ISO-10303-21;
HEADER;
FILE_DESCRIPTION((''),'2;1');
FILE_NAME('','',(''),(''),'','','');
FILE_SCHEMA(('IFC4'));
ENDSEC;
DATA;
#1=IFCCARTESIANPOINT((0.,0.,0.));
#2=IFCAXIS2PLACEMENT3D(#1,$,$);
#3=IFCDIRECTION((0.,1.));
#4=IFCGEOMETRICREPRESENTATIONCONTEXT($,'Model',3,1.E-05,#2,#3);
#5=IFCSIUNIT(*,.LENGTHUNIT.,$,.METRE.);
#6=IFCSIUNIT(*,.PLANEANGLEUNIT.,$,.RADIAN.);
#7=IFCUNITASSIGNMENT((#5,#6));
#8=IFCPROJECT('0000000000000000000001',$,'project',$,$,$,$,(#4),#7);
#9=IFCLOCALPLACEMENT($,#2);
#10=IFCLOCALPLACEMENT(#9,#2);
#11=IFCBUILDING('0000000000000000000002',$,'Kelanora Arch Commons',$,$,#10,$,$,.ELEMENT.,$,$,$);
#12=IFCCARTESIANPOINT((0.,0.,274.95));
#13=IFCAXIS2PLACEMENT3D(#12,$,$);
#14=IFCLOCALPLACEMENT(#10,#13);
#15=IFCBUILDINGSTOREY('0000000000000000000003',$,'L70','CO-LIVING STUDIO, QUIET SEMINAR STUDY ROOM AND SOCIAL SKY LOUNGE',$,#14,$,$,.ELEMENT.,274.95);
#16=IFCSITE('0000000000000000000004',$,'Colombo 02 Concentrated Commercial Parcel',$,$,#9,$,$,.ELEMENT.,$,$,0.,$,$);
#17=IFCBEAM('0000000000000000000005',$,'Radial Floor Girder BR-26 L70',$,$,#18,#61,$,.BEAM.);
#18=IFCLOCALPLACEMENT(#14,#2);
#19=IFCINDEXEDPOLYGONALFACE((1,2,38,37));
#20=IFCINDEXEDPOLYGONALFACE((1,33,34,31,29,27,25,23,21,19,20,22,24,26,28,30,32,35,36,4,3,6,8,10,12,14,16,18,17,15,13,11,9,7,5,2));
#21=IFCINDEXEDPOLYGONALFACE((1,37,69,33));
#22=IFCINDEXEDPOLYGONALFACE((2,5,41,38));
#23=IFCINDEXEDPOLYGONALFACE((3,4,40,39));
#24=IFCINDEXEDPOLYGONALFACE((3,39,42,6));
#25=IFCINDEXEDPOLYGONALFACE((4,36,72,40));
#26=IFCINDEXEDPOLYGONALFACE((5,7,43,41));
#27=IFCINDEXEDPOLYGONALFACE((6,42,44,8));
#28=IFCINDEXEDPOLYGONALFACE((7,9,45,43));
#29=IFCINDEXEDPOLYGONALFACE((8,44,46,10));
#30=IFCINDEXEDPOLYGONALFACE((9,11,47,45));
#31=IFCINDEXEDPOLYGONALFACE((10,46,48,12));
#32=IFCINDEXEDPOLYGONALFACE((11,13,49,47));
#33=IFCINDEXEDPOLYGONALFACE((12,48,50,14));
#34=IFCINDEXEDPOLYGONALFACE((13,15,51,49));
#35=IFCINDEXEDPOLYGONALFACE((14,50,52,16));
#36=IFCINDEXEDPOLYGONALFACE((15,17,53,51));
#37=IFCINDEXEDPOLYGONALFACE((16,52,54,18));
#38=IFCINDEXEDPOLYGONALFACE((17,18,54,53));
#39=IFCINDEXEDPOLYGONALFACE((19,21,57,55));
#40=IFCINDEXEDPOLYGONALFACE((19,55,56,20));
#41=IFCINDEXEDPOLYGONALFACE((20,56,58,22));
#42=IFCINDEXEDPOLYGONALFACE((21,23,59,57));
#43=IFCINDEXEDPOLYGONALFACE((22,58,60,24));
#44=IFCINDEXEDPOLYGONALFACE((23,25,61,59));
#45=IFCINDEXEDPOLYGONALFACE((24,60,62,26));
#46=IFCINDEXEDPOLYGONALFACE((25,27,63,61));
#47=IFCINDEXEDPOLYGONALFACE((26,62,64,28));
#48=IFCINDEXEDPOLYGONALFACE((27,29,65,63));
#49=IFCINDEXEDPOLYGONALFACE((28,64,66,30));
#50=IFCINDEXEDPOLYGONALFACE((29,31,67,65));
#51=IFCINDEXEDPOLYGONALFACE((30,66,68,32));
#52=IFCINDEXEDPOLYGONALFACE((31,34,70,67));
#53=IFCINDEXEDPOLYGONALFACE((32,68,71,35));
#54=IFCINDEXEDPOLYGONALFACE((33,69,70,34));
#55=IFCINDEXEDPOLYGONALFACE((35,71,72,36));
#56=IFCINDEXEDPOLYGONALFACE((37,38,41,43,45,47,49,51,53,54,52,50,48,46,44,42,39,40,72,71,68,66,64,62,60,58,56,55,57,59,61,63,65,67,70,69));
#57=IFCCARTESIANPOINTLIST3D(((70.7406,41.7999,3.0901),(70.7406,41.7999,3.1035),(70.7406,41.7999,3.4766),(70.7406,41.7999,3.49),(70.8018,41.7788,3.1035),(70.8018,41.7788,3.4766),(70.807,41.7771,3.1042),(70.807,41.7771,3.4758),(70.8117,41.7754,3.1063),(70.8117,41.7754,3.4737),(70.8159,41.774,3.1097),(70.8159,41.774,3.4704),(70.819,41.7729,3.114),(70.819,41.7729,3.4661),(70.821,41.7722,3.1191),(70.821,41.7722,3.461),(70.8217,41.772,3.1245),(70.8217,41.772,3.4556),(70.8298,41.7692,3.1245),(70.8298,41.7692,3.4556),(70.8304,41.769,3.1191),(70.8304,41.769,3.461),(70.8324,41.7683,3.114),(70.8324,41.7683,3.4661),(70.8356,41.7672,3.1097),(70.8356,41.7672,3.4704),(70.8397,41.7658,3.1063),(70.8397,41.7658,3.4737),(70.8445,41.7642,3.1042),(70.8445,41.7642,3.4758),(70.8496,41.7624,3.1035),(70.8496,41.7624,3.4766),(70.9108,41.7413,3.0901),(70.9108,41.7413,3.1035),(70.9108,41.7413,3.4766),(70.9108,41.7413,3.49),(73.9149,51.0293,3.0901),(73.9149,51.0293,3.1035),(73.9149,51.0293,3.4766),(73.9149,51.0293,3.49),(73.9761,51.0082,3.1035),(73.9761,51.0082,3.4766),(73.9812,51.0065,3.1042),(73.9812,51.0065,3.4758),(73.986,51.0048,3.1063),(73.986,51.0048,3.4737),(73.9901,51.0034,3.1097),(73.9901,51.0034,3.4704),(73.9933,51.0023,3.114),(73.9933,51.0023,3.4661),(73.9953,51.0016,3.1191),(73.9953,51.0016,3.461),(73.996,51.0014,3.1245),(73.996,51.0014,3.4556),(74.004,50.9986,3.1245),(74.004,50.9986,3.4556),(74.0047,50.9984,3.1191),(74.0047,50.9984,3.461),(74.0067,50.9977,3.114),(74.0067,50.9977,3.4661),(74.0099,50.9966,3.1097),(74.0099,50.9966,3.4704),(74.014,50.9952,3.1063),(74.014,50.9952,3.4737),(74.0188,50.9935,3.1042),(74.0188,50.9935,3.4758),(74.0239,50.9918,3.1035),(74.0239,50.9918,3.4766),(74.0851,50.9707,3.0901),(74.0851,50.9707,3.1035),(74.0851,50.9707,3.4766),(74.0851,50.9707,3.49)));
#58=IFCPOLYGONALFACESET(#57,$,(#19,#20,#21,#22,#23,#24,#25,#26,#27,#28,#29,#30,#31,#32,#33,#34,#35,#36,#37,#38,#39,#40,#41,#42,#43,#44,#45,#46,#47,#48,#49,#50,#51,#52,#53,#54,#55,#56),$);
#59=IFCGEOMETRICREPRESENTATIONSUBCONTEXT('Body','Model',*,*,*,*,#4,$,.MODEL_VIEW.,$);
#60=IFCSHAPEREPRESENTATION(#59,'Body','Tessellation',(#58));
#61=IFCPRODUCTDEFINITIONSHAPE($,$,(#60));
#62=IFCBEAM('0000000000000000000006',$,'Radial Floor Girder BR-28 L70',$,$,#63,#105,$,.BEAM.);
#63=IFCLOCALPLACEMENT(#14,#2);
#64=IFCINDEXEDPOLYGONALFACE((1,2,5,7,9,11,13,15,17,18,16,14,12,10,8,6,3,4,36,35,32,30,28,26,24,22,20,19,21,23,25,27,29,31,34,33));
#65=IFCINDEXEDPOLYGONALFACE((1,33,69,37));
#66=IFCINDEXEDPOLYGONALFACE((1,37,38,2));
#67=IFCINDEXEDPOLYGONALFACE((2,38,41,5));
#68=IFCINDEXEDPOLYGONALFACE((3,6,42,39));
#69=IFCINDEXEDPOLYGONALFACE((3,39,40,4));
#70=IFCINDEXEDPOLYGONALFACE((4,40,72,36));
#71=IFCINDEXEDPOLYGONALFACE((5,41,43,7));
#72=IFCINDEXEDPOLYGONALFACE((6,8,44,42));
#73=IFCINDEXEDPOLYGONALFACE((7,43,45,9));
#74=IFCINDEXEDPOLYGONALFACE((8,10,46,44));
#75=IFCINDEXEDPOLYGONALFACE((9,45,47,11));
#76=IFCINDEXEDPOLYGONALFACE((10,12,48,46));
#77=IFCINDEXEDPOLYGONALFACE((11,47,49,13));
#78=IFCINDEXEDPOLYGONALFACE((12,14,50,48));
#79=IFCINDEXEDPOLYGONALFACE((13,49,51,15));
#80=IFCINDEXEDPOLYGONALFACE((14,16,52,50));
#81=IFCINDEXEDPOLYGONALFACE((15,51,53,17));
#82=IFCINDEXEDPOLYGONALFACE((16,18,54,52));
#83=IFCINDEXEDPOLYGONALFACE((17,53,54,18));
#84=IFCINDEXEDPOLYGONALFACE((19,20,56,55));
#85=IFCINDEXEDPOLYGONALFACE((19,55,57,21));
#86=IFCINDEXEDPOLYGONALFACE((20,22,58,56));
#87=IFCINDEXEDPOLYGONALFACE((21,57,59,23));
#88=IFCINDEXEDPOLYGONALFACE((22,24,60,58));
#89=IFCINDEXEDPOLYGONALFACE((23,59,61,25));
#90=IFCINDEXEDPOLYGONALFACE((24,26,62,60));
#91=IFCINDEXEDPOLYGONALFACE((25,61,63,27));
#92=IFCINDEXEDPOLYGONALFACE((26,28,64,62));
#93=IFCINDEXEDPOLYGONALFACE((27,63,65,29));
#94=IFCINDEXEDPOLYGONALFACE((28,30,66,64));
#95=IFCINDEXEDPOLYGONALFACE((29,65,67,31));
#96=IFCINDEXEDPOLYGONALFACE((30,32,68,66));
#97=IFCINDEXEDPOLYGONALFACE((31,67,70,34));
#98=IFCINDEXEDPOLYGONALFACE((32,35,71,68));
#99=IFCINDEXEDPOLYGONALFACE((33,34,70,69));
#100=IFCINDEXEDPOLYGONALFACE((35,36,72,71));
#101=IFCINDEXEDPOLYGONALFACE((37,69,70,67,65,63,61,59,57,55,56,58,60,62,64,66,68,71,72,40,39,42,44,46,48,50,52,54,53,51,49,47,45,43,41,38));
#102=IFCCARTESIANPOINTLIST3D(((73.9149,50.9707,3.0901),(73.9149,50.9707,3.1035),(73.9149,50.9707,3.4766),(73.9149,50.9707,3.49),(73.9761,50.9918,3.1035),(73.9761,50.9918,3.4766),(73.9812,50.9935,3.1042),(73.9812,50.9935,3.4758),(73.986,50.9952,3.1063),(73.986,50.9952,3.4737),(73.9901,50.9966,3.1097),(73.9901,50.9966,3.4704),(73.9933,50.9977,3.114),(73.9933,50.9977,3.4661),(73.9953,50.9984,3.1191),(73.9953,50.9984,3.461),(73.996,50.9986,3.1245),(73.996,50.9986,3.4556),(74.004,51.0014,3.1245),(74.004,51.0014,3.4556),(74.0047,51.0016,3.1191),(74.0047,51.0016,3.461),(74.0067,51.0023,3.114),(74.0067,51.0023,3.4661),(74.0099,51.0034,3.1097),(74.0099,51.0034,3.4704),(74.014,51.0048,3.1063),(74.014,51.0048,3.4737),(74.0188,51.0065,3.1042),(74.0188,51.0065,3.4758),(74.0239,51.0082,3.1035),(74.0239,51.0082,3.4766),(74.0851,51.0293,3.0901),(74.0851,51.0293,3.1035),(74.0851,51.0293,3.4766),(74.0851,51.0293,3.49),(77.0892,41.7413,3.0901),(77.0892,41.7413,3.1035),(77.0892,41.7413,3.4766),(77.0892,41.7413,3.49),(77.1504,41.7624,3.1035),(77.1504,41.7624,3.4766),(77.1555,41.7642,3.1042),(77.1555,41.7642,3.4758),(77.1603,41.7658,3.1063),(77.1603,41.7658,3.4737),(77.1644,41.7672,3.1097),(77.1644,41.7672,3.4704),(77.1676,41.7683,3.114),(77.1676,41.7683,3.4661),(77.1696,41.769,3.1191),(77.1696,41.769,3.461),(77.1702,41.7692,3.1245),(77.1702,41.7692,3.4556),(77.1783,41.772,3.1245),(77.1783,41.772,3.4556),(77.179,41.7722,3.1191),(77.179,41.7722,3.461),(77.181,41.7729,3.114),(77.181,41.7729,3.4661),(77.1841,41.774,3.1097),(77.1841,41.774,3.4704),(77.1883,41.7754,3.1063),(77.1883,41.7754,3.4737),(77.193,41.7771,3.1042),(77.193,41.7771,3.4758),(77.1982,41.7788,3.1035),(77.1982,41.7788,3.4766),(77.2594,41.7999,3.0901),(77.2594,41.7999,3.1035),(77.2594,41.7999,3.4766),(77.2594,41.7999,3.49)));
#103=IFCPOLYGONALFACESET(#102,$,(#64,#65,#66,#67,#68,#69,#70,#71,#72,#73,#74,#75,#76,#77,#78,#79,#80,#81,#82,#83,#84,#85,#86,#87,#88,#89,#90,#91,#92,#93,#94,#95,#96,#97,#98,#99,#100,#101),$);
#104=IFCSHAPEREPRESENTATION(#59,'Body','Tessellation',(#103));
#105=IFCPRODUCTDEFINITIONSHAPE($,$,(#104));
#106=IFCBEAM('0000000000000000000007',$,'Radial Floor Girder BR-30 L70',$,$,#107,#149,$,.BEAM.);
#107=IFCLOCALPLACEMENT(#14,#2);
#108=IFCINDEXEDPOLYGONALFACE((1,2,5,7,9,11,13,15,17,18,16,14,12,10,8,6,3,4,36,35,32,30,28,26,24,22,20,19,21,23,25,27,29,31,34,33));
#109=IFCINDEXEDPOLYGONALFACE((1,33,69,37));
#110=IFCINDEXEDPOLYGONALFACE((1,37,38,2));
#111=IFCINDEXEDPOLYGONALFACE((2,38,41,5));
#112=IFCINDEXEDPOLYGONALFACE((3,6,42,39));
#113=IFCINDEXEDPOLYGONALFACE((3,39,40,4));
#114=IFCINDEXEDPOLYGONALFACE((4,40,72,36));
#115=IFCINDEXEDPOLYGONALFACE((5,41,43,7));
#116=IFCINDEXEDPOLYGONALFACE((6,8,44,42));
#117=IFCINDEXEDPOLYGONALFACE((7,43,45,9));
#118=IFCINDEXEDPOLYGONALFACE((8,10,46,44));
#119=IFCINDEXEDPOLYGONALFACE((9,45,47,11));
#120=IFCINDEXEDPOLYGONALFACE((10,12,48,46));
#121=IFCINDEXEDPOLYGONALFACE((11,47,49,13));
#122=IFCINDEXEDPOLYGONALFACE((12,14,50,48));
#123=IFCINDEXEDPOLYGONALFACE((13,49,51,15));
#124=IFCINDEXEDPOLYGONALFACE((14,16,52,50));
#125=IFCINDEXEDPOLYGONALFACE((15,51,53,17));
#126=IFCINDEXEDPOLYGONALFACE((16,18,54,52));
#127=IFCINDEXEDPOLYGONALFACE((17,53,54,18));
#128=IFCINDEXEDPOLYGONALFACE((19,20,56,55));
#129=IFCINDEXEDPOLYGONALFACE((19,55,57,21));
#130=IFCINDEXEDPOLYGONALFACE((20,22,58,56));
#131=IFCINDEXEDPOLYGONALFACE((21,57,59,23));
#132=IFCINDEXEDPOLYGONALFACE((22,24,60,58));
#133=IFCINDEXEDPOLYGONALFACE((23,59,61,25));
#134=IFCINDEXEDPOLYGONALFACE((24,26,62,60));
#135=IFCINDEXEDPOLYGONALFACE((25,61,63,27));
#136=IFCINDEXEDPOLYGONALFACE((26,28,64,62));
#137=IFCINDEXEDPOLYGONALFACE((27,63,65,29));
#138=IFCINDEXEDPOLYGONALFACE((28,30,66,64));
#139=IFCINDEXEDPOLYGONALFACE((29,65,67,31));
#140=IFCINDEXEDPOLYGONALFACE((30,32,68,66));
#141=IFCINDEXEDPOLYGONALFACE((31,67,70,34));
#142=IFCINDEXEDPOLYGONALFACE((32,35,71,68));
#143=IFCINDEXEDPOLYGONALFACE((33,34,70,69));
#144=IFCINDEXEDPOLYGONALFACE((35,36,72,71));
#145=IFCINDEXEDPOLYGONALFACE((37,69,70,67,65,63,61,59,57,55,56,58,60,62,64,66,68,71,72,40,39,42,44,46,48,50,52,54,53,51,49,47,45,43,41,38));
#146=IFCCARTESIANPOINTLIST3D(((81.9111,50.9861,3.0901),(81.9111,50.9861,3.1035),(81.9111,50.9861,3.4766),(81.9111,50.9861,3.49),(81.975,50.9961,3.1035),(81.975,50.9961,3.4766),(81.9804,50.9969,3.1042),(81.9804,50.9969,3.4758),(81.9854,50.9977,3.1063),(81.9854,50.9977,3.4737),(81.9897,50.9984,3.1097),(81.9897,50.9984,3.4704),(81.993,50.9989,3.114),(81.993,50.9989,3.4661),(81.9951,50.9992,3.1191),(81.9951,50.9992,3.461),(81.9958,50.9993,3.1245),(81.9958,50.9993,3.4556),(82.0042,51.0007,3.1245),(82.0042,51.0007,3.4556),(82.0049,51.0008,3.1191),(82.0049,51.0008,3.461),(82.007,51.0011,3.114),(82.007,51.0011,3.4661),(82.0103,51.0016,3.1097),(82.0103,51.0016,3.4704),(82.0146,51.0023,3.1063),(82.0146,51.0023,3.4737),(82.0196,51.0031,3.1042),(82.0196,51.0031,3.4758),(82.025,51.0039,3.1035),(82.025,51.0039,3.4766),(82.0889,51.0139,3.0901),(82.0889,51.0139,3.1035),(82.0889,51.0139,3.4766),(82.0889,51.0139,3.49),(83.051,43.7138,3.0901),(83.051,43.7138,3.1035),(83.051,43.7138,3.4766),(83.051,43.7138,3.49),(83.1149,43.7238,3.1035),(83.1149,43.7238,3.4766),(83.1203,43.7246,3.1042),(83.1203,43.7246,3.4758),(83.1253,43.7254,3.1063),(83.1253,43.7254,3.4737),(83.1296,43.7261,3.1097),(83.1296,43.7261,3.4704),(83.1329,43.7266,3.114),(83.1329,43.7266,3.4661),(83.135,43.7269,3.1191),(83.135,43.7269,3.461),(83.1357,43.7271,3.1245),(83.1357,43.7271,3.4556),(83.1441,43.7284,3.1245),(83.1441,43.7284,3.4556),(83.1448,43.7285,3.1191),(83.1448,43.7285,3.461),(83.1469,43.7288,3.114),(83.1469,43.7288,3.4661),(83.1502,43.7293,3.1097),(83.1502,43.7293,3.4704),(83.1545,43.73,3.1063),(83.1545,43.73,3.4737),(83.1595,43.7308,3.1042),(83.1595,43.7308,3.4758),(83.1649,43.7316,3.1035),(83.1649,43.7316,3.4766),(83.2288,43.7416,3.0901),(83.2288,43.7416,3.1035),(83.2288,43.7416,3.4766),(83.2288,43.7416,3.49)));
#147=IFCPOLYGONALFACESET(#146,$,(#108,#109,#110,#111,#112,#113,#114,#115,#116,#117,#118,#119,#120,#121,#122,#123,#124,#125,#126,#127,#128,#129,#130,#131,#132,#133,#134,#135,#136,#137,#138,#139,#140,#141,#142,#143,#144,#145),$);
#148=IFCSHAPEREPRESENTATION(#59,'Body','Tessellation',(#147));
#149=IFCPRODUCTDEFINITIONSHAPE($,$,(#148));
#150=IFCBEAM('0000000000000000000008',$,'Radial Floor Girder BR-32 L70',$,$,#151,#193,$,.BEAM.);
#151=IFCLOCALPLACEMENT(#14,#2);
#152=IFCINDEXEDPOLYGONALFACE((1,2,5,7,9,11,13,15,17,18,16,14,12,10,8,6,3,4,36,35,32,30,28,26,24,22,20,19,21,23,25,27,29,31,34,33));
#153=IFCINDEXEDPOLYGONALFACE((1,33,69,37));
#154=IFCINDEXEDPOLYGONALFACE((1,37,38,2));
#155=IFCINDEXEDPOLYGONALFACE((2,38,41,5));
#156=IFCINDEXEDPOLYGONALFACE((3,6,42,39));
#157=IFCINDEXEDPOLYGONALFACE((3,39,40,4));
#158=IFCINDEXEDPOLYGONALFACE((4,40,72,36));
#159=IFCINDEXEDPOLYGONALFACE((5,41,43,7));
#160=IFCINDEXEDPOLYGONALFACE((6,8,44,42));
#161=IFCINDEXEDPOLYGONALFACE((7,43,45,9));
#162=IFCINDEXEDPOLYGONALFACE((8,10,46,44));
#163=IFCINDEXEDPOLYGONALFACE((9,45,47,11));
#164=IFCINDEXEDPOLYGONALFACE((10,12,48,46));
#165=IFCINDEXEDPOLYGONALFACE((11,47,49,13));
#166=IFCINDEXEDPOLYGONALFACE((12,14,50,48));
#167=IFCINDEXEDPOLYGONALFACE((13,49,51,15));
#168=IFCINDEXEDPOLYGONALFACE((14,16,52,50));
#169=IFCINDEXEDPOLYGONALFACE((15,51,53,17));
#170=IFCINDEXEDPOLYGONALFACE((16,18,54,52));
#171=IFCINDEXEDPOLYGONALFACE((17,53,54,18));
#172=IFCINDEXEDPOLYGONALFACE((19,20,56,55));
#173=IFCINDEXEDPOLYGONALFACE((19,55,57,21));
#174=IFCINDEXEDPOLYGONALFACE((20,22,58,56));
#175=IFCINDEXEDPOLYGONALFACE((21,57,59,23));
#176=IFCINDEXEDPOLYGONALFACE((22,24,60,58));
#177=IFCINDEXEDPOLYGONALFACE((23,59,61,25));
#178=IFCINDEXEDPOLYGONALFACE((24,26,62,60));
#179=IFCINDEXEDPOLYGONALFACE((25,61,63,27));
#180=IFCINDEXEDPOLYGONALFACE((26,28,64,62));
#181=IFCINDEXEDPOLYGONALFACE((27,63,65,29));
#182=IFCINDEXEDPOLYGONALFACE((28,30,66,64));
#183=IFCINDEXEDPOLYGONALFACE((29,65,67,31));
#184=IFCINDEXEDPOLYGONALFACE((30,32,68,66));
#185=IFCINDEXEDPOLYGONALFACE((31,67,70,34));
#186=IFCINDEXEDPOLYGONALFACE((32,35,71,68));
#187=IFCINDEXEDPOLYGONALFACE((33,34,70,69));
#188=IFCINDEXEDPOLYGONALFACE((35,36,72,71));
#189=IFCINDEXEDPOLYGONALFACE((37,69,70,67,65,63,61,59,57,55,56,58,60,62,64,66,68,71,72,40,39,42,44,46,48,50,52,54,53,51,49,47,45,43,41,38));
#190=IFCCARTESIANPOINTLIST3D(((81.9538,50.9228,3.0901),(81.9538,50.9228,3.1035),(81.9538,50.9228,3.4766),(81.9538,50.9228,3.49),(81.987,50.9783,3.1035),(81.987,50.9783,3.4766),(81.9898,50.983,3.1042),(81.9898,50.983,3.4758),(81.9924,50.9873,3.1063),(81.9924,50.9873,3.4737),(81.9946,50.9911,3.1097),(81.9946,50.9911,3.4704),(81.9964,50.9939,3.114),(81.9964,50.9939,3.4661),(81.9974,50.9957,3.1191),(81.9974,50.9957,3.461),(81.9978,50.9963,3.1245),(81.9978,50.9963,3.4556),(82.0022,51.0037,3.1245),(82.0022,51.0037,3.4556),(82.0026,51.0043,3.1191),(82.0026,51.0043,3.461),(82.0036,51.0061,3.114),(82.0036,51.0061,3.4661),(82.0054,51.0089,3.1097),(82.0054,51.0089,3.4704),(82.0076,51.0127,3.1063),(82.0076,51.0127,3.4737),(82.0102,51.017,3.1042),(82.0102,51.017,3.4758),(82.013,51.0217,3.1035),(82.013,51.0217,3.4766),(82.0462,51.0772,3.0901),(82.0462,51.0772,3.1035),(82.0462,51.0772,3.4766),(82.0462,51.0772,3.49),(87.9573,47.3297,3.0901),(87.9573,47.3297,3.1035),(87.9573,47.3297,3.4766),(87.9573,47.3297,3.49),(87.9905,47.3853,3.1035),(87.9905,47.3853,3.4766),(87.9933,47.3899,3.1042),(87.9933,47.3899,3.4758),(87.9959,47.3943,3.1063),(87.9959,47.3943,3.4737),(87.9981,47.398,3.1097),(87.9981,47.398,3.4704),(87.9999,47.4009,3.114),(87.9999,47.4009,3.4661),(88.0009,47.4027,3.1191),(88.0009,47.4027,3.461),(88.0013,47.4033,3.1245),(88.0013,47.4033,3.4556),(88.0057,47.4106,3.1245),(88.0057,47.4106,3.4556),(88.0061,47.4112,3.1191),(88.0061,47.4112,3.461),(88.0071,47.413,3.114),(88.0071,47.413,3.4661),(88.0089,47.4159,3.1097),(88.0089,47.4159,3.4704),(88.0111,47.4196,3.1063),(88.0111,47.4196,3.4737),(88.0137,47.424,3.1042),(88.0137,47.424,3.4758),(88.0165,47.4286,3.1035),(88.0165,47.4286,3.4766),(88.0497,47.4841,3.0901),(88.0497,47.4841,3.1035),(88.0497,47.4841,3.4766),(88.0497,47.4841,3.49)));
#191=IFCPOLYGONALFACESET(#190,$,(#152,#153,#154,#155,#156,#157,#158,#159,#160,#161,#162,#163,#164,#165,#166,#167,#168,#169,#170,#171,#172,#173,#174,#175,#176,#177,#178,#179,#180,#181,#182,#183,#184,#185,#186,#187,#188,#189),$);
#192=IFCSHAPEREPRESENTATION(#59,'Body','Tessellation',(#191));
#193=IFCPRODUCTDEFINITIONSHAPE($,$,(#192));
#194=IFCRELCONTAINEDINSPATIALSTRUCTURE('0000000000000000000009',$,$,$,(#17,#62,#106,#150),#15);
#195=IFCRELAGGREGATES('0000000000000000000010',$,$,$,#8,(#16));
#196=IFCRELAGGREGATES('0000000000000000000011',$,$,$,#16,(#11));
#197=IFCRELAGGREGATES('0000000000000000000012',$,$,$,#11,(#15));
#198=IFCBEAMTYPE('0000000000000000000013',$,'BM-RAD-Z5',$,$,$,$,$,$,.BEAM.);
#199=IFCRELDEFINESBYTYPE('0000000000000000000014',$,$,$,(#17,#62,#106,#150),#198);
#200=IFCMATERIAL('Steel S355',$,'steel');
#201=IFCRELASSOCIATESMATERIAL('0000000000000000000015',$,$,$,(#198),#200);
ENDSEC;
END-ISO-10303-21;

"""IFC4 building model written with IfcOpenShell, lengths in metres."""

from ifc_helpers import new_model, si_unit, direction, frame, origin, origin_2d, place, context, subcontext, project, spatial, i_section, extrude, material, material_profile, profile_set, type_object, element, save


model = new_model("IFC4")

# Units and contexts
model_context = context("Model", 3, precision=1e-05, world=origin(), true_north=direction((0.0, 1.0)))
body_context = subcontext(model_context, "Body", "Model", "MODEL_VIEW")
ifc_project = project(units=[si_unit("LENGTHUNIT", "METRE"), si_unit("PLANEANGLEUNIT", "RADIAN")], contexts=[model_context])

# Site, building, storey
site_placement = place(None, origin())
site = spatial("IfcSite", under=ifc_project, at=site_placement, Name="Colombo 02 Concentrated Commercial Parcel", CompositionType="ELEMENT", RefElevation=0.0)
building_placement = place(site_placement, origin())
building = spatial("IfcBuilding", under=site, at=building_placement, Name="Kelanora Arch Commons", CompositionType="ELEMENT")
storey_placement = place(building_placement, frame((0.0, 0.0, 274.95)))
storey = spatial("IfcBuildingStorey", under=building, at=storey_placement, Name="L70", Description="CO-LIVING STUDIO, QUIET SEMINAR STUDY ROOM AND SOCIAL SKY LOUNGE", CompositionType="ELEMENT", Elevation=274.95)

# Beams
ifc_material_1 = material(Name="Steel S355", Category="steel")
ifc_material_profile_1 = material_profile(ifc_material_1, i_section(OverallWidth=0.1799, OverallDepth=0.3999, WebThickness=0.0085, FlangeThickness=0.0134, FilletRadius=0.021, at=origin_2d()), Name="IPE400")
ifc_profile_set_1 = profile_set([ifc_material_profile_1], Name="Steel S355")
beam_type_1 = type_object("IfcBeamType", Name="BM-RAD-Z5", PredefinedType="BEAM", material=ifc_profile_set_1)
for number, where, z_axis, x_axis, name in (
    (1, (74.0, 51.0, 3.29), (-0.325234, -0.945634, 0.0), (0.945634, -0.325234, 0.0), "Radial Floor Girder BR-26 L70"),
    (2, (74.0, 51.0, 3.29), (0.325234, -0.945634, 0.0), (0.945634, 0.325234, 0.0), "Radial Floor Girder BR-28 L70"),
):
    element("IfcBeam", number, at=place(storey_placement, frame(where, z_axis=z_axis, x_axis=x_axis)), inside=storey, type_object=beam_type_1, Name=name, PredefinedType="BEAM", context=body_context, shape_type="SweptSolid", body=[
        extrude(i_section(OverallWidth=0.1799, OverallDepth=0.3999, WebThickness=0.0085, FlangeThickness=0.0134, FilletRadius=0.021, at=origin_2d()), origin(), (0.0, 0.0, 1.0), 9.76),
    ])
beam_1_placement = place(storey_placement, frame((82.0, 51.0, 3.29), z_axis=(0.154855, -0.987937, 0.0), x_axis=(0.987937, 0.154855, 0.0)))
element("IfcBeam", 3, at=beam_1_placement, inside=storey, type_object=beam_type_1, Name="Radial Floor Girder BR-30 L70", PredefinedType="BEAM", context=body_context, shape_type="SweptSolid", body=[
    extrude(i_section(OverallWidth=0.1799, OverallDepth=0.3999, WebThickness=0.0085, FlangeThickness=0.0134, FilletRadius=0.021, at=origin_2d()), origin(), (0.0, 0.0, 1.0), 7.3611),
])
beam_2_placement = place(storey_placement, frame((82.0, 51.0, 3.29), z_axis=(0.858062, -0.513546, 0.0), x_axis=(0.513546, 0.858062, 0.0)))
element("IfcBeam", 4, at=beam_2_placement, inside=storey, type_object=beam_type_1, Name="Radial Floor Girder BR-32 L70", PredefinedType="BEAM", context=body_context, shape_type="SweptSolid", body=[
    extrude(i_section(OverallWidth=0.1799, OverallDepth=0.3999, WebThickness=0.0085, FlangeThickness=0.0134, FilletRadius=0.021, at=origin_2d()), origin(), (0.0, 0.0, 1.0), 6.9966),
])

save(model, "model.ifc")
